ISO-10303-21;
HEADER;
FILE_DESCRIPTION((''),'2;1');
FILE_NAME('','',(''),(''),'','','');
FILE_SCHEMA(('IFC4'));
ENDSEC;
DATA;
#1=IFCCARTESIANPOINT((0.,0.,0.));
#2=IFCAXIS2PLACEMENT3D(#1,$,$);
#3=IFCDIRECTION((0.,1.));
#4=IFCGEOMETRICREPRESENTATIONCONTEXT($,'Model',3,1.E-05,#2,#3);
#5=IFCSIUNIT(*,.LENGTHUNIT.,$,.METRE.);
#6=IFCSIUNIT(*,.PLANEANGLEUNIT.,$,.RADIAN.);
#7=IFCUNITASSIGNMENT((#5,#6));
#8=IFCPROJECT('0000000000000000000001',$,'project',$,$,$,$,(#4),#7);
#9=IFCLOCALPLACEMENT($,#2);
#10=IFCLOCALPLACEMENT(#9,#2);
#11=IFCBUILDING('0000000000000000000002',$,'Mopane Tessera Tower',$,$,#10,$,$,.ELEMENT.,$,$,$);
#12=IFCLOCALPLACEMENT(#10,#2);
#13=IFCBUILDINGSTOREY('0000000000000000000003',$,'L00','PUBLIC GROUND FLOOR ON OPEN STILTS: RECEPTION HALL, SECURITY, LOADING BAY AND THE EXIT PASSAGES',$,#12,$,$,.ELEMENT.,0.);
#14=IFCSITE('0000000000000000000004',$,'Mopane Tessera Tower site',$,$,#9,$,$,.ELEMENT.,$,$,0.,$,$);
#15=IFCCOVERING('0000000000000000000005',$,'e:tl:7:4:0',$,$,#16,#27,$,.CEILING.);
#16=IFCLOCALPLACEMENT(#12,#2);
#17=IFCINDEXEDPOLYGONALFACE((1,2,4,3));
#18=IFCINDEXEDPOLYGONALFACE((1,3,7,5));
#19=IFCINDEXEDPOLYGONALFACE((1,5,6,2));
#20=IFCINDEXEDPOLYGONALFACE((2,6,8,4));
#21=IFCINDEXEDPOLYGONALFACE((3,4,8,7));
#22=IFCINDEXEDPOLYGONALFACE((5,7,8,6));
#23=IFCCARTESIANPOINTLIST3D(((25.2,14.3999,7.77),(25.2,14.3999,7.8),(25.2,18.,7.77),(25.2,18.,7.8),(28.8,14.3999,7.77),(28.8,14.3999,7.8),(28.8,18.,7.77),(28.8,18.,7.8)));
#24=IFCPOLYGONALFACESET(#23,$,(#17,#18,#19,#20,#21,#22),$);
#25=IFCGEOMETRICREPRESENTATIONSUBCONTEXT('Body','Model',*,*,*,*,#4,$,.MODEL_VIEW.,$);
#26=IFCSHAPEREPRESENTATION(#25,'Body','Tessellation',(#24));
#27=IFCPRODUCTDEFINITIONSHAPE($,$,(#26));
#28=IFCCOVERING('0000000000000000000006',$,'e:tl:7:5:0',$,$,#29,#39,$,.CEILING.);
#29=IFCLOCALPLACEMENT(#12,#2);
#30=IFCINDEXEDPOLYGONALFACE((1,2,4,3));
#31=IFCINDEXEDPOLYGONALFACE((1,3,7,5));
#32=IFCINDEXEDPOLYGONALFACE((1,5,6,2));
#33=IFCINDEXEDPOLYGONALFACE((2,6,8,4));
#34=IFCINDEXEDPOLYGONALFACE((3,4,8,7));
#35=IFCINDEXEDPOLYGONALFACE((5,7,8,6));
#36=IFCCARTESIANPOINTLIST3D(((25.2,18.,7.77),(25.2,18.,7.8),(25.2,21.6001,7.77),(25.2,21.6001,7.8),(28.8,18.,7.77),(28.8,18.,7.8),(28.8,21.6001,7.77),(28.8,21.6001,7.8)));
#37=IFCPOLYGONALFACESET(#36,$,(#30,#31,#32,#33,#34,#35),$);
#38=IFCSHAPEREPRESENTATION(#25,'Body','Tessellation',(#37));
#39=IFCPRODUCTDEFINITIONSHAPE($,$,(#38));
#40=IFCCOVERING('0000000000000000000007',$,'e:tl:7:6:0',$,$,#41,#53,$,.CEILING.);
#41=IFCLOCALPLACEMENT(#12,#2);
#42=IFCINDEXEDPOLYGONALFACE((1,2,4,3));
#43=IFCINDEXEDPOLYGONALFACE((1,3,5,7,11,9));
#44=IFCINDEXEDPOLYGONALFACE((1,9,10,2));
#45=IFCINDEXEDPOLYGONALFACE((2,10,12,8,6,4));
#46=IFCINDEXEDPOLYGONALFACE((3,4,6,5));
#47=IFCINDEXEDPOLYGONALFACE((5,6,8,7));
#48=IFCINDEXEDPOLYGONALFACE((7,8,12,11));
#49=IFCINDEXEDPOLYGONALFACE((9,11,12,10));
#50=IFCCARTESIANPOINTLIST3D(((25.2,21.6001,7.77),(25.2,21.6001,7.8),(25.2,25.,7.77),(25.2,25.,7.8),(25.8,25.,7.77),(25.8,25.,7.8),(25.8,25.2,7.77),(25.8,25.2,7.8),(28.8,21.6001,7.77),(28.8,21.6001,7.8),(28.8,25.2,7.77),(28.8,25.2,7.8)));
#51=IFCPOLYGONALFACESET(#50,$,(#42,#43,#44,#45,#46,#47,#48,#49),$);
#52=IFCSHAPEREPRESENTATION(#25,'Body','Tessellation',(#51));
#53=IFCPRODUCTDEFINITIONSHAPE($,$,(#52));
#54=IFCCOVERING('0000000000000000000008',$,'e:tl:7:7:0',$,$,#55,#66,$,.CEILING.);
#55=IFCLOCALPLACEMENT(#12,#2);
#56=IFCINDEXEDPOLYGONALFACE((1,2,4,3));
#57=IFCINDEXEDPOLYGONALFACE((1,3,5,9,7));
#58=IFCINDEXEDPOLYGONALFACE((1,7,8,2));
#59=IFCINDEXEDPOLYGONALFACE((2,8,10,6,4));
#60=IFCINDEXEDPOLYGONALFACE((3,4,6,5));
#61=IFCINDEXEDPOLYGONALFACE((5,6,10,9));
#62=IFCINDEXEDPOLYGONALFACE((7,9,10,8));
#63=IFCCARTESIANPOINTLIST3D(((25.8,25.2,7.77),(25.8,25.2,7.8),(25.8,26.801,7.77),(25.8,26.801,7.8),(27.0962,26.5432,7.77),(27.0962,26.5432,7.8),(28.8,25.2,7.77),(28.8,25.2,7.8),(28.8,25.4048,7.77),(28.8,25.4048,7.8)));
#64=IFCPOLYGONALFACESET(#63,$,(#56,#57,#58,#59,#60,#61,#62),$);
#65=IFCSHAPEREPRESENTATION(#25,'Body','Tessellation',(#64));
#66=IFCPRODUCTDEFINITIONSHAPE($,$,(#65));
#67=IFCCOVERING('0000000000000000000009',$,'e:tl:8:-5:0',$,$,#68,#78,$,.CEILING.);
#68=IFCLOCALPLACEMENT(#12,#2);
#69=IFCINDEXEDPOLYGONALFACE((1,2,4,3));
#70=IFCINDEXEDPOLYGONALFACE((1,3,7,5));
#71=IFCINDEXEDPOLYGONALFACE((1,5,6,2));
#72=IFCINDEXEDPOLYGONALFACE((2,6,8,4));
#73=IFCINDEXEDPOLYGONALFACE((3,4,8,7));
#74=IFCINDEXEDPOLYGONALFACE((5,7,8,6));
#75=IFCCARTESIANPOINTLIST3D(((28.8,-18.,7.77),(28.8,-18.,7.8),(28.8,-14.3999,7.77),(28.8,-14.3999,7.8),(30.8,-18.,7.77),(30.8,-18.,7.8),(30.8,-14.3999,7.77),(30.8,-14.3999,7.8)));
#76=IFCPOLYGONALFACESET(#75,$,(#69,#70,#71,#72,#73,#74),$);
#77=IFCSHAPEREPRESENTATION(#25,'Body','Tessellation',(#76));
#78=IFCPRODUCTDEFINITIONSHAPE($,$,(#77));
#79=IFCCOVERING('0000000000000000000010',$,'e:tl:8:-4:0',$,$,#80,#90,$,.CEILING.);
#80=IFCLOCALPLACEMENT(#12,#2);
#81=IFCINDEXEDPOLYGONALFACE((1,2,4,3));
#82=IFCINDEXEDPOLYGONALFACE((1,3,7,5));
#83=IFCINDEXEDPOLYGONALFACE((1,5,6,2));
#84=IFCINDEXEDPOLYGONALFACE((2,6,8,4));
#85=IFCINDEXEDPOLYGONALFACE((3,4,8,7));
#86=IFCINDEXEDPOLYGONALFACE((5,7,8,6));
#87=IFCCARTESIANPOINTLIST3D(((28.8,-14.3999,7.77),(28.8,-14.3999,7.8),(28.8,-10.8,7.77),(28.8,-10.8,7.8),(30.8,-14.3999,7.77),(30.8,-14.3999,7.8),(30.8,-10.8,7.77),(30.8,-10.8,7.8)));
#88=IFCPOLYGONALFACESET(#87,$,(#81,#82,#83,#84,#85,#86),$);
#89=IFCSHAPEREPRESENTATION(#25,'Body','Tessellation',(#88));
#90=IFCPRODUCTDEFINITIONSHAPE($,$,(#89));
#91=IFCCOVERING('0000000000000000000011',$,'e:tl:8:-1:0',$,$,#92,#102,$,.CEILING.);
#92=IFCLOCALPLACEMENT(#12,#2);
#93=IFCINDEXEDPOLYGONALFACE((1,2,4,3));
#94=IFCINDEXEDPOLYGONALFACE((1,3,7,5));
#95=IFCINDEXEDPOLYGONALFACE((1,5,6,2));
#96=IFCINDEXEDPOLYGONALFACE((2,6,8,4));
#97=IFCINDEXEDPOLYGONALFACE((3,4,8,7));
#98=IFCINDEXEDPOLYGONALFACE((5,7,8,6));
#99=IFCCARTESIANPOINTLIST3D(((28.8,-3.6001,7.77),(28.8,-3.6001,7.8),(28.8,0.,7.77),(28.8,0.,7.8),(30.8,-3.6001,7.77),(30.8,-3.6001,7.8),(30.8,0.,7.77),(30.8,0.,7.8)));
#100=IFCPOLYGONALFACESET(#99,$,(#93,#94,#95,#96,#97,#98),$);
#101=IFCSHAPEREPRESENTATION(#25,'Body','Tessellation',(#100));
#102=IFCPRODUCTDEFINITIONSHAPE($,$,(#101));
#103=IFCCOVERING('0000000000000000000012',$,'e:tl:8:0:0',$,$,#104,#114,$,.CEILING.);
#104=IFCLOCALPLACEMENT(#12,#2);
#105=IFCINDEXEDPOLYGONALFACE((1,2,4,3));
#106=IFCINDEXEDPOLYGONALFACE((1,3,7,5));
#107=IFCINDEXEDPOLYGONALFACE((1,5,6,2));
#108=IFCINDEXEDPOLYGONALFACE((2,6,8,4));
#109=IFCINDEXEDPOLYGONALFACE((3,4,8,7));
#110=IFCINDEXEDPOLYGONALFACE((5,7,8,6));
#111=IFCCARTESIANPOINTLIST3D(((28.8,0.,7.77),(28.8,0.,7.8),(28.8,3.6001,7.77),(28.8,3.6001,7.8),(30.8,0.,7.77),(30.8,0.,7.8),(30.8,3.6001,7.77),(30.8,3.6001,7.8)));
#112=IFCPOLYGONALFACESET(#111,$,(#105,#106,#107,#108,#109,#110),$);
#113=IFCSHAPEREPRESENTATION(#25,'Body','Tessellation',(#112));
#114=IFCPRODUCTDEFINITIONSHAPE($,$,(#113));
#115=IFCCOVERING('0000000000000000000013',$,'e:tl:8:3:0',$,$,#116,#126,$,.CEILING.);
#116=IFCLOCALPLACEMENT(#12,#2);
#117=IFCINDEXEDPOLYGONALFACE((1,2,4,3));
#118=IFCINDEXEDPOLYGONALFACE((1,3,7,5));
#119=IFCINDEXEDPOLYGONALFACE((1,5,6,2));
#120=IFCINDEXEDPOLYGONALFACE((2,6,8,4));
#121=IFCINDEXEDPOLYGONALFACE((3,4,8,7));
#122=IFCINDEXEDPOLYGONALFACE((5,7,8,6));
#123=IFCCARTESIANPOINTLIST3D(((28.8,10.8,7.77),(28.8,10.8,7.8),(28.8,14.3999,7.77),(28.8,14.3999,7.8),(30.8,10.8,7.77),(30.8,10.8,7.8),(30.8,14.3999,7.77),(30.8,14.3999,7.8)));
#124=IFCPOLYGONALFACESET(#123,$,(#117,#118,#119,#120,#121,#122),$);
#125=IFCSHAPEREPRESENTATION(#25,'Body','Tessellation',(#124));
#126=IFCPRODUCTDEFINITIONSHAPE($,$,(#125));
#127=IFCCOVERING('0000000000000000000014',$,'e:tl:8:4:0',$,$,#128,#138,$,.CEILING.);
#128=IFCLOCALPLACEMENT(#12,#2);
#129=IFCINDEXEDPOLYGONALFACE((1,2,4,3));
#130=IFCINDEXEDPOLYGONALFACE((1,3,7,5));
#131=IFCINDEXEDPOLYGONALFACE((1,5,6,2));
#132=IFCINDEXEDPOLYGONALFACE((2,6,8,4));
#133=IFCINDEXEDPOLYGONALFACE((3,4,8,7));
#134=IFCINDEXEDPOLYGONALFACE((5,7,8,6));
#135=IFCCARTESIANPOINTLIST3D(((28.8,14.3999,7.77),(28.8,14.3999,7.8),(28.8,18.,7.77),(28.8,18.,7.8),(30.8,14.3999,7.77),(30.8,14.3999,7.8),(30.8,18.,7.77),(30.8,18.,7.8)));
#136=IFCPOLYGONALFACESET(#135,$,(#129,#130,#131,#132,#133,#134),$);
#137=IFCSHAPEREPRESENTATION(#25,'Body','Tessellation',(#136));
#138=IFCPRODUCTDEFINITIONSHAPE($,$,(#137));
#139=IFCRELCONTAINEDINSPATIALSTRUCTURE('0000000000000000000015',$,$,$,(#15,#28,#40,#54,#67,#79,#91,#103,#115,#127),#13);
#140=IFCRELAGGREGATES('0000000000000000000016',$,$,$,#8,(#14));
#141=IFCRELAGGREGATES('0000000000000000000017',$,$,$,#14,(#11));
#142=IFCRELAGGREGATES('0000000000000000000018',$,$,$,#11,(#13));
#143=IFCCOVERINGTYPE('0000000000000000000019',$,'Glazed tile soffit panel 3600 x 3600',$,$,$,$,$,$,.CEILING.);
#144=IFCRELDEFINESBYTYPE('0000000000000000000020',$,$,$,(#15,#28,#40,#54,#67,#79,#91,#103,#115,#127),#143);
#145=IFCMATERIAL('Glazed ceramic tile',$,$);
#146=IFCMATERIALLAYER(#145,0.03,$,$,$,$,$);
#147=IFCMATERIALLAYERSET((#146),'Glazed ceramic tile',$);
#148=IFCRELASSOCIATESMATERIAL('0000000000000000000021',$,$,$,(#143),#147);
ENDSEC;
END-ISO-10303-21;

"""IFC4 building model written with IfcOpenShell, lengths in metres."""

from ifc_helpers import new_model, si_unit, direction, frame, origin, place, context, subcontext, project, spatial, polyline, outline, extrude, material, layer, layer_set, type_object, element, save


model = new_model("IFC4")

# Units and contexts
model_context = context("Model", 3, precision=1e-05, world=origin(), true_north=direction((0.0, 1.0)))
body_context = subcontext(model_context, "Body", "Model", "MODEL_VIEW")
ifc_project = project(units=[si_unit("LENGTHUNIT", "METRE"), si_unit("PLANEANGLEUNIT", "RADIAN")], contexts=[model_context])

# Site, building, storey
site_placement = place(None, origin())
site = spatial("IfcSite", under=ifc_project, at=site_placement, Name="Mopane Tessera Tower site", CompositionType="ELEMENT", RefElevation=0.0)
building_placement = place(site_placement, origin())
building = spatial("IfcBuilding", under=site, at=building_placement, Name="Mopane Tessera Tower", CompositionType="ELEMENT")
storey_placement = place(building_placement, origin())
storey = spatial("IfcBuildingStorey", under=building, at=storey_placement, Name="L00", Description="PUBLIC GROUND FLOOR ON OPEN STILTS: RECEPTION HALL, SECURITY, LOADING BAY AND THE EXIT PASSAGES", CompositionType="ELEMENT", Elevation=0.0)

# Coverings
ifc_material = material(Name="Glazed ceramic tile")
ifc_layer = layer(ifc_material, 0.03)
ifc_layer_set = layer_set([ifc_layer], Name="Glazed ceramic tile")
covering_type = type_object("IfcCoveringType", Name="Glazed tile soffit panel 3600 x 3600", PredefinedType="CEILING", material=ifc_layer_set)
covering_1_placement = place(storey_placement, frame((0.0, 0.0, 7.77)))
element("IfcCovering", 1, at=covering_1_placement, inside=storey, type_object=covering_type, Name="e:tl:7:4:0", PredefinedType="CEILING", context=body_context, shape_type="SweptSolid", body=[
    extrude(outline(polyline([(25.2, 14.3999), (25.2, 18.0), (28.8, 18.0), (28.8, 14.3999), (25.2, 14.3999)])), origin(), (0.0, 0.0, 1.0), 0.03),
])
covering_2_placement = place(storey_placement, frame((0.0, 0.0, 7.77)))
element("IfcCovering", 2, at=covering_2_placement, inside=storey, type_object=covering_type, Name="e:tl:7:5:0", PredefinedType="CEILING", context=body_context, shape_type="SweptSolid", body=[
    extrude(outline(polyline([(28.8, 21.6001), (28.8, 18.0), (25.2, 18.0), (25.2, 21.6001), (28.8, 21.6001)])), origin(), (0.0, 0.0, 1.0), 0.03),
])
covering_3_placement = place(storey_placement, frame((0.0, 0.0, 7.77)))
element("IfcCovering", 3, at=covering_3_placement, inside=storey, type_object=covering_type, Name="e:tl:7:6:0", PredefinedType="CEILING", context=body_context, shape_type="SweptSolid", body=[
    extrude(outline(polyline([(25.8, 25.0), (25.8, 25.2), (28.8, 25.2), (28.8, 21.6001), (25.2, 21.6001), (25.2, 25.0), (25.8, 25.0)])), origin(), (0.0, 0.0, 1.0), 0.03),
])
covering_4_placement = place(storey_placement, frame((0.0, 0.0, 7.77)))
element("IfcCovering", 4, at=covering_4_placement, inside=storey, type_object=covering_type, Name="e:tl:7:7:0", PredefinedType="CEILING", context=body_context, shape_type="SweptSolid", body=[
    extrude(outline(polyline([(25.8, 26.801), (27.0962, 26.5432), (28.8, 25.4048), (28.8, 25.2), (25.8, 25.2), (25.8, 26.801)])), origin(), (0.0, 0.0, 1.0), 0.03),
])
covering_5_placement = place(storey_placement, frame((0.0, 0.0, 7.77)))
element("IfcCovering", 5, at=covering_5_placement, inside=storey, type_object=covering_type, Name="e:tl:8:-5:0", PredefinedType="CEILING", context=body_context, shape_type="SweptSolid", body=[
    extrude(outline(polyline([(30.8, -18.0), (28.8, -18.0), (28.8, -14.3999), (30.8, -14.3999), (30.8, -18.0)])), origin(), (0.0, 0.0, 1.0), 0.03),
])
covering_6_placement = place(storey_placement, frame((0.0, 0.0, 7.77)))
element("IfcCovering", 6, at=covering_6_placement, inside=storey, type_object=covering_type, Name="e:tl:8:-4:0", PredefinedType="CEILING", context=body_context, shape_type="SweptSolid", body=[
    extrude(outline(polyline([(30.8, -14.3999), (28.8, -14.3999), (28.8, -10.8), (30.8, -10.8), (30.8, -14.3999)])), origin(), (0.0, 0.0, 1.0), 0.03),
])
covering_7_placement = place(storey_placement, frame((0.0, 0.0, 7.77)))
element("IfcCovering", 7, at=covering_7_placement, inside=storey, type_object=covering_type, Name="e:tl:8:-1:0", PredefinedType="CEILING", context=body_context, shape_type="SweptSolid", body=[
    extrude(outline(polyline([(30.8, -3.6001), (28.8, -3.6001), (28.8, 0.0), (30.8, 0.0), (30.8, -3.6001)])), origin(), (0.0, 0.0, 1.0), 0.03),
])
covering_8_placement = place(storey_placement, frame((0.0, 0.0, 7.77)))
element("IfcCovering", 8, at=covering_8_placement, inside=storey, type_object=covering_type, Name="e:tl:8:0:0", PredefinedType="CEILING", context=body_context, shape_type="SweptSolid", body=[
    extrude(outline(polyline([(30.8, 0.0), (28.8, 0.0), (28.8, 3.6001), (30.8, 3.6001), (30.8, 0.0)])), origin(), (0.0, 0.0, 1.0), 0.03),
])
covering_9_placement = place(storey_placement, frame((0.0, 0.0, 7.77)))
element("IfcCovering", 9, at=covering_9_placement, inside=storey, type_object=covering_type, Name="e:tl:8:3:0", PredefinedType="CEILING", context=body_context, shape_type="SweptSolid", body=[
    extrude(outline(polyline([(30.8, 10.8), (28.8, 10.8), (28.8, 14.3999), (30.8, 14.3999), (30.8, 10.8)])), origin(), (0.0, 0.0, 1.0), 0.03),
])
covering_10_placement = place(storey_placement, frame((0.0, 0.0, 7.77)))
element("IfcCovering", 10, at=covering_10_placement, inside=storey, type_object=covering_type, Name="e:tl:8:4:0", PredefinedType="CEILING", context=body_context, shape_type="SweptSolid", body=[
    extrude(outline(polyline([(30.8, 14.3999), (28.8, 14.3999), (28.8, 18.0), (30.8, 18.0), (30.8, 14.3999)])), origin(), (0.0, 0.0, 1.0), 0.03),
])

save(model, "model.ifc")
